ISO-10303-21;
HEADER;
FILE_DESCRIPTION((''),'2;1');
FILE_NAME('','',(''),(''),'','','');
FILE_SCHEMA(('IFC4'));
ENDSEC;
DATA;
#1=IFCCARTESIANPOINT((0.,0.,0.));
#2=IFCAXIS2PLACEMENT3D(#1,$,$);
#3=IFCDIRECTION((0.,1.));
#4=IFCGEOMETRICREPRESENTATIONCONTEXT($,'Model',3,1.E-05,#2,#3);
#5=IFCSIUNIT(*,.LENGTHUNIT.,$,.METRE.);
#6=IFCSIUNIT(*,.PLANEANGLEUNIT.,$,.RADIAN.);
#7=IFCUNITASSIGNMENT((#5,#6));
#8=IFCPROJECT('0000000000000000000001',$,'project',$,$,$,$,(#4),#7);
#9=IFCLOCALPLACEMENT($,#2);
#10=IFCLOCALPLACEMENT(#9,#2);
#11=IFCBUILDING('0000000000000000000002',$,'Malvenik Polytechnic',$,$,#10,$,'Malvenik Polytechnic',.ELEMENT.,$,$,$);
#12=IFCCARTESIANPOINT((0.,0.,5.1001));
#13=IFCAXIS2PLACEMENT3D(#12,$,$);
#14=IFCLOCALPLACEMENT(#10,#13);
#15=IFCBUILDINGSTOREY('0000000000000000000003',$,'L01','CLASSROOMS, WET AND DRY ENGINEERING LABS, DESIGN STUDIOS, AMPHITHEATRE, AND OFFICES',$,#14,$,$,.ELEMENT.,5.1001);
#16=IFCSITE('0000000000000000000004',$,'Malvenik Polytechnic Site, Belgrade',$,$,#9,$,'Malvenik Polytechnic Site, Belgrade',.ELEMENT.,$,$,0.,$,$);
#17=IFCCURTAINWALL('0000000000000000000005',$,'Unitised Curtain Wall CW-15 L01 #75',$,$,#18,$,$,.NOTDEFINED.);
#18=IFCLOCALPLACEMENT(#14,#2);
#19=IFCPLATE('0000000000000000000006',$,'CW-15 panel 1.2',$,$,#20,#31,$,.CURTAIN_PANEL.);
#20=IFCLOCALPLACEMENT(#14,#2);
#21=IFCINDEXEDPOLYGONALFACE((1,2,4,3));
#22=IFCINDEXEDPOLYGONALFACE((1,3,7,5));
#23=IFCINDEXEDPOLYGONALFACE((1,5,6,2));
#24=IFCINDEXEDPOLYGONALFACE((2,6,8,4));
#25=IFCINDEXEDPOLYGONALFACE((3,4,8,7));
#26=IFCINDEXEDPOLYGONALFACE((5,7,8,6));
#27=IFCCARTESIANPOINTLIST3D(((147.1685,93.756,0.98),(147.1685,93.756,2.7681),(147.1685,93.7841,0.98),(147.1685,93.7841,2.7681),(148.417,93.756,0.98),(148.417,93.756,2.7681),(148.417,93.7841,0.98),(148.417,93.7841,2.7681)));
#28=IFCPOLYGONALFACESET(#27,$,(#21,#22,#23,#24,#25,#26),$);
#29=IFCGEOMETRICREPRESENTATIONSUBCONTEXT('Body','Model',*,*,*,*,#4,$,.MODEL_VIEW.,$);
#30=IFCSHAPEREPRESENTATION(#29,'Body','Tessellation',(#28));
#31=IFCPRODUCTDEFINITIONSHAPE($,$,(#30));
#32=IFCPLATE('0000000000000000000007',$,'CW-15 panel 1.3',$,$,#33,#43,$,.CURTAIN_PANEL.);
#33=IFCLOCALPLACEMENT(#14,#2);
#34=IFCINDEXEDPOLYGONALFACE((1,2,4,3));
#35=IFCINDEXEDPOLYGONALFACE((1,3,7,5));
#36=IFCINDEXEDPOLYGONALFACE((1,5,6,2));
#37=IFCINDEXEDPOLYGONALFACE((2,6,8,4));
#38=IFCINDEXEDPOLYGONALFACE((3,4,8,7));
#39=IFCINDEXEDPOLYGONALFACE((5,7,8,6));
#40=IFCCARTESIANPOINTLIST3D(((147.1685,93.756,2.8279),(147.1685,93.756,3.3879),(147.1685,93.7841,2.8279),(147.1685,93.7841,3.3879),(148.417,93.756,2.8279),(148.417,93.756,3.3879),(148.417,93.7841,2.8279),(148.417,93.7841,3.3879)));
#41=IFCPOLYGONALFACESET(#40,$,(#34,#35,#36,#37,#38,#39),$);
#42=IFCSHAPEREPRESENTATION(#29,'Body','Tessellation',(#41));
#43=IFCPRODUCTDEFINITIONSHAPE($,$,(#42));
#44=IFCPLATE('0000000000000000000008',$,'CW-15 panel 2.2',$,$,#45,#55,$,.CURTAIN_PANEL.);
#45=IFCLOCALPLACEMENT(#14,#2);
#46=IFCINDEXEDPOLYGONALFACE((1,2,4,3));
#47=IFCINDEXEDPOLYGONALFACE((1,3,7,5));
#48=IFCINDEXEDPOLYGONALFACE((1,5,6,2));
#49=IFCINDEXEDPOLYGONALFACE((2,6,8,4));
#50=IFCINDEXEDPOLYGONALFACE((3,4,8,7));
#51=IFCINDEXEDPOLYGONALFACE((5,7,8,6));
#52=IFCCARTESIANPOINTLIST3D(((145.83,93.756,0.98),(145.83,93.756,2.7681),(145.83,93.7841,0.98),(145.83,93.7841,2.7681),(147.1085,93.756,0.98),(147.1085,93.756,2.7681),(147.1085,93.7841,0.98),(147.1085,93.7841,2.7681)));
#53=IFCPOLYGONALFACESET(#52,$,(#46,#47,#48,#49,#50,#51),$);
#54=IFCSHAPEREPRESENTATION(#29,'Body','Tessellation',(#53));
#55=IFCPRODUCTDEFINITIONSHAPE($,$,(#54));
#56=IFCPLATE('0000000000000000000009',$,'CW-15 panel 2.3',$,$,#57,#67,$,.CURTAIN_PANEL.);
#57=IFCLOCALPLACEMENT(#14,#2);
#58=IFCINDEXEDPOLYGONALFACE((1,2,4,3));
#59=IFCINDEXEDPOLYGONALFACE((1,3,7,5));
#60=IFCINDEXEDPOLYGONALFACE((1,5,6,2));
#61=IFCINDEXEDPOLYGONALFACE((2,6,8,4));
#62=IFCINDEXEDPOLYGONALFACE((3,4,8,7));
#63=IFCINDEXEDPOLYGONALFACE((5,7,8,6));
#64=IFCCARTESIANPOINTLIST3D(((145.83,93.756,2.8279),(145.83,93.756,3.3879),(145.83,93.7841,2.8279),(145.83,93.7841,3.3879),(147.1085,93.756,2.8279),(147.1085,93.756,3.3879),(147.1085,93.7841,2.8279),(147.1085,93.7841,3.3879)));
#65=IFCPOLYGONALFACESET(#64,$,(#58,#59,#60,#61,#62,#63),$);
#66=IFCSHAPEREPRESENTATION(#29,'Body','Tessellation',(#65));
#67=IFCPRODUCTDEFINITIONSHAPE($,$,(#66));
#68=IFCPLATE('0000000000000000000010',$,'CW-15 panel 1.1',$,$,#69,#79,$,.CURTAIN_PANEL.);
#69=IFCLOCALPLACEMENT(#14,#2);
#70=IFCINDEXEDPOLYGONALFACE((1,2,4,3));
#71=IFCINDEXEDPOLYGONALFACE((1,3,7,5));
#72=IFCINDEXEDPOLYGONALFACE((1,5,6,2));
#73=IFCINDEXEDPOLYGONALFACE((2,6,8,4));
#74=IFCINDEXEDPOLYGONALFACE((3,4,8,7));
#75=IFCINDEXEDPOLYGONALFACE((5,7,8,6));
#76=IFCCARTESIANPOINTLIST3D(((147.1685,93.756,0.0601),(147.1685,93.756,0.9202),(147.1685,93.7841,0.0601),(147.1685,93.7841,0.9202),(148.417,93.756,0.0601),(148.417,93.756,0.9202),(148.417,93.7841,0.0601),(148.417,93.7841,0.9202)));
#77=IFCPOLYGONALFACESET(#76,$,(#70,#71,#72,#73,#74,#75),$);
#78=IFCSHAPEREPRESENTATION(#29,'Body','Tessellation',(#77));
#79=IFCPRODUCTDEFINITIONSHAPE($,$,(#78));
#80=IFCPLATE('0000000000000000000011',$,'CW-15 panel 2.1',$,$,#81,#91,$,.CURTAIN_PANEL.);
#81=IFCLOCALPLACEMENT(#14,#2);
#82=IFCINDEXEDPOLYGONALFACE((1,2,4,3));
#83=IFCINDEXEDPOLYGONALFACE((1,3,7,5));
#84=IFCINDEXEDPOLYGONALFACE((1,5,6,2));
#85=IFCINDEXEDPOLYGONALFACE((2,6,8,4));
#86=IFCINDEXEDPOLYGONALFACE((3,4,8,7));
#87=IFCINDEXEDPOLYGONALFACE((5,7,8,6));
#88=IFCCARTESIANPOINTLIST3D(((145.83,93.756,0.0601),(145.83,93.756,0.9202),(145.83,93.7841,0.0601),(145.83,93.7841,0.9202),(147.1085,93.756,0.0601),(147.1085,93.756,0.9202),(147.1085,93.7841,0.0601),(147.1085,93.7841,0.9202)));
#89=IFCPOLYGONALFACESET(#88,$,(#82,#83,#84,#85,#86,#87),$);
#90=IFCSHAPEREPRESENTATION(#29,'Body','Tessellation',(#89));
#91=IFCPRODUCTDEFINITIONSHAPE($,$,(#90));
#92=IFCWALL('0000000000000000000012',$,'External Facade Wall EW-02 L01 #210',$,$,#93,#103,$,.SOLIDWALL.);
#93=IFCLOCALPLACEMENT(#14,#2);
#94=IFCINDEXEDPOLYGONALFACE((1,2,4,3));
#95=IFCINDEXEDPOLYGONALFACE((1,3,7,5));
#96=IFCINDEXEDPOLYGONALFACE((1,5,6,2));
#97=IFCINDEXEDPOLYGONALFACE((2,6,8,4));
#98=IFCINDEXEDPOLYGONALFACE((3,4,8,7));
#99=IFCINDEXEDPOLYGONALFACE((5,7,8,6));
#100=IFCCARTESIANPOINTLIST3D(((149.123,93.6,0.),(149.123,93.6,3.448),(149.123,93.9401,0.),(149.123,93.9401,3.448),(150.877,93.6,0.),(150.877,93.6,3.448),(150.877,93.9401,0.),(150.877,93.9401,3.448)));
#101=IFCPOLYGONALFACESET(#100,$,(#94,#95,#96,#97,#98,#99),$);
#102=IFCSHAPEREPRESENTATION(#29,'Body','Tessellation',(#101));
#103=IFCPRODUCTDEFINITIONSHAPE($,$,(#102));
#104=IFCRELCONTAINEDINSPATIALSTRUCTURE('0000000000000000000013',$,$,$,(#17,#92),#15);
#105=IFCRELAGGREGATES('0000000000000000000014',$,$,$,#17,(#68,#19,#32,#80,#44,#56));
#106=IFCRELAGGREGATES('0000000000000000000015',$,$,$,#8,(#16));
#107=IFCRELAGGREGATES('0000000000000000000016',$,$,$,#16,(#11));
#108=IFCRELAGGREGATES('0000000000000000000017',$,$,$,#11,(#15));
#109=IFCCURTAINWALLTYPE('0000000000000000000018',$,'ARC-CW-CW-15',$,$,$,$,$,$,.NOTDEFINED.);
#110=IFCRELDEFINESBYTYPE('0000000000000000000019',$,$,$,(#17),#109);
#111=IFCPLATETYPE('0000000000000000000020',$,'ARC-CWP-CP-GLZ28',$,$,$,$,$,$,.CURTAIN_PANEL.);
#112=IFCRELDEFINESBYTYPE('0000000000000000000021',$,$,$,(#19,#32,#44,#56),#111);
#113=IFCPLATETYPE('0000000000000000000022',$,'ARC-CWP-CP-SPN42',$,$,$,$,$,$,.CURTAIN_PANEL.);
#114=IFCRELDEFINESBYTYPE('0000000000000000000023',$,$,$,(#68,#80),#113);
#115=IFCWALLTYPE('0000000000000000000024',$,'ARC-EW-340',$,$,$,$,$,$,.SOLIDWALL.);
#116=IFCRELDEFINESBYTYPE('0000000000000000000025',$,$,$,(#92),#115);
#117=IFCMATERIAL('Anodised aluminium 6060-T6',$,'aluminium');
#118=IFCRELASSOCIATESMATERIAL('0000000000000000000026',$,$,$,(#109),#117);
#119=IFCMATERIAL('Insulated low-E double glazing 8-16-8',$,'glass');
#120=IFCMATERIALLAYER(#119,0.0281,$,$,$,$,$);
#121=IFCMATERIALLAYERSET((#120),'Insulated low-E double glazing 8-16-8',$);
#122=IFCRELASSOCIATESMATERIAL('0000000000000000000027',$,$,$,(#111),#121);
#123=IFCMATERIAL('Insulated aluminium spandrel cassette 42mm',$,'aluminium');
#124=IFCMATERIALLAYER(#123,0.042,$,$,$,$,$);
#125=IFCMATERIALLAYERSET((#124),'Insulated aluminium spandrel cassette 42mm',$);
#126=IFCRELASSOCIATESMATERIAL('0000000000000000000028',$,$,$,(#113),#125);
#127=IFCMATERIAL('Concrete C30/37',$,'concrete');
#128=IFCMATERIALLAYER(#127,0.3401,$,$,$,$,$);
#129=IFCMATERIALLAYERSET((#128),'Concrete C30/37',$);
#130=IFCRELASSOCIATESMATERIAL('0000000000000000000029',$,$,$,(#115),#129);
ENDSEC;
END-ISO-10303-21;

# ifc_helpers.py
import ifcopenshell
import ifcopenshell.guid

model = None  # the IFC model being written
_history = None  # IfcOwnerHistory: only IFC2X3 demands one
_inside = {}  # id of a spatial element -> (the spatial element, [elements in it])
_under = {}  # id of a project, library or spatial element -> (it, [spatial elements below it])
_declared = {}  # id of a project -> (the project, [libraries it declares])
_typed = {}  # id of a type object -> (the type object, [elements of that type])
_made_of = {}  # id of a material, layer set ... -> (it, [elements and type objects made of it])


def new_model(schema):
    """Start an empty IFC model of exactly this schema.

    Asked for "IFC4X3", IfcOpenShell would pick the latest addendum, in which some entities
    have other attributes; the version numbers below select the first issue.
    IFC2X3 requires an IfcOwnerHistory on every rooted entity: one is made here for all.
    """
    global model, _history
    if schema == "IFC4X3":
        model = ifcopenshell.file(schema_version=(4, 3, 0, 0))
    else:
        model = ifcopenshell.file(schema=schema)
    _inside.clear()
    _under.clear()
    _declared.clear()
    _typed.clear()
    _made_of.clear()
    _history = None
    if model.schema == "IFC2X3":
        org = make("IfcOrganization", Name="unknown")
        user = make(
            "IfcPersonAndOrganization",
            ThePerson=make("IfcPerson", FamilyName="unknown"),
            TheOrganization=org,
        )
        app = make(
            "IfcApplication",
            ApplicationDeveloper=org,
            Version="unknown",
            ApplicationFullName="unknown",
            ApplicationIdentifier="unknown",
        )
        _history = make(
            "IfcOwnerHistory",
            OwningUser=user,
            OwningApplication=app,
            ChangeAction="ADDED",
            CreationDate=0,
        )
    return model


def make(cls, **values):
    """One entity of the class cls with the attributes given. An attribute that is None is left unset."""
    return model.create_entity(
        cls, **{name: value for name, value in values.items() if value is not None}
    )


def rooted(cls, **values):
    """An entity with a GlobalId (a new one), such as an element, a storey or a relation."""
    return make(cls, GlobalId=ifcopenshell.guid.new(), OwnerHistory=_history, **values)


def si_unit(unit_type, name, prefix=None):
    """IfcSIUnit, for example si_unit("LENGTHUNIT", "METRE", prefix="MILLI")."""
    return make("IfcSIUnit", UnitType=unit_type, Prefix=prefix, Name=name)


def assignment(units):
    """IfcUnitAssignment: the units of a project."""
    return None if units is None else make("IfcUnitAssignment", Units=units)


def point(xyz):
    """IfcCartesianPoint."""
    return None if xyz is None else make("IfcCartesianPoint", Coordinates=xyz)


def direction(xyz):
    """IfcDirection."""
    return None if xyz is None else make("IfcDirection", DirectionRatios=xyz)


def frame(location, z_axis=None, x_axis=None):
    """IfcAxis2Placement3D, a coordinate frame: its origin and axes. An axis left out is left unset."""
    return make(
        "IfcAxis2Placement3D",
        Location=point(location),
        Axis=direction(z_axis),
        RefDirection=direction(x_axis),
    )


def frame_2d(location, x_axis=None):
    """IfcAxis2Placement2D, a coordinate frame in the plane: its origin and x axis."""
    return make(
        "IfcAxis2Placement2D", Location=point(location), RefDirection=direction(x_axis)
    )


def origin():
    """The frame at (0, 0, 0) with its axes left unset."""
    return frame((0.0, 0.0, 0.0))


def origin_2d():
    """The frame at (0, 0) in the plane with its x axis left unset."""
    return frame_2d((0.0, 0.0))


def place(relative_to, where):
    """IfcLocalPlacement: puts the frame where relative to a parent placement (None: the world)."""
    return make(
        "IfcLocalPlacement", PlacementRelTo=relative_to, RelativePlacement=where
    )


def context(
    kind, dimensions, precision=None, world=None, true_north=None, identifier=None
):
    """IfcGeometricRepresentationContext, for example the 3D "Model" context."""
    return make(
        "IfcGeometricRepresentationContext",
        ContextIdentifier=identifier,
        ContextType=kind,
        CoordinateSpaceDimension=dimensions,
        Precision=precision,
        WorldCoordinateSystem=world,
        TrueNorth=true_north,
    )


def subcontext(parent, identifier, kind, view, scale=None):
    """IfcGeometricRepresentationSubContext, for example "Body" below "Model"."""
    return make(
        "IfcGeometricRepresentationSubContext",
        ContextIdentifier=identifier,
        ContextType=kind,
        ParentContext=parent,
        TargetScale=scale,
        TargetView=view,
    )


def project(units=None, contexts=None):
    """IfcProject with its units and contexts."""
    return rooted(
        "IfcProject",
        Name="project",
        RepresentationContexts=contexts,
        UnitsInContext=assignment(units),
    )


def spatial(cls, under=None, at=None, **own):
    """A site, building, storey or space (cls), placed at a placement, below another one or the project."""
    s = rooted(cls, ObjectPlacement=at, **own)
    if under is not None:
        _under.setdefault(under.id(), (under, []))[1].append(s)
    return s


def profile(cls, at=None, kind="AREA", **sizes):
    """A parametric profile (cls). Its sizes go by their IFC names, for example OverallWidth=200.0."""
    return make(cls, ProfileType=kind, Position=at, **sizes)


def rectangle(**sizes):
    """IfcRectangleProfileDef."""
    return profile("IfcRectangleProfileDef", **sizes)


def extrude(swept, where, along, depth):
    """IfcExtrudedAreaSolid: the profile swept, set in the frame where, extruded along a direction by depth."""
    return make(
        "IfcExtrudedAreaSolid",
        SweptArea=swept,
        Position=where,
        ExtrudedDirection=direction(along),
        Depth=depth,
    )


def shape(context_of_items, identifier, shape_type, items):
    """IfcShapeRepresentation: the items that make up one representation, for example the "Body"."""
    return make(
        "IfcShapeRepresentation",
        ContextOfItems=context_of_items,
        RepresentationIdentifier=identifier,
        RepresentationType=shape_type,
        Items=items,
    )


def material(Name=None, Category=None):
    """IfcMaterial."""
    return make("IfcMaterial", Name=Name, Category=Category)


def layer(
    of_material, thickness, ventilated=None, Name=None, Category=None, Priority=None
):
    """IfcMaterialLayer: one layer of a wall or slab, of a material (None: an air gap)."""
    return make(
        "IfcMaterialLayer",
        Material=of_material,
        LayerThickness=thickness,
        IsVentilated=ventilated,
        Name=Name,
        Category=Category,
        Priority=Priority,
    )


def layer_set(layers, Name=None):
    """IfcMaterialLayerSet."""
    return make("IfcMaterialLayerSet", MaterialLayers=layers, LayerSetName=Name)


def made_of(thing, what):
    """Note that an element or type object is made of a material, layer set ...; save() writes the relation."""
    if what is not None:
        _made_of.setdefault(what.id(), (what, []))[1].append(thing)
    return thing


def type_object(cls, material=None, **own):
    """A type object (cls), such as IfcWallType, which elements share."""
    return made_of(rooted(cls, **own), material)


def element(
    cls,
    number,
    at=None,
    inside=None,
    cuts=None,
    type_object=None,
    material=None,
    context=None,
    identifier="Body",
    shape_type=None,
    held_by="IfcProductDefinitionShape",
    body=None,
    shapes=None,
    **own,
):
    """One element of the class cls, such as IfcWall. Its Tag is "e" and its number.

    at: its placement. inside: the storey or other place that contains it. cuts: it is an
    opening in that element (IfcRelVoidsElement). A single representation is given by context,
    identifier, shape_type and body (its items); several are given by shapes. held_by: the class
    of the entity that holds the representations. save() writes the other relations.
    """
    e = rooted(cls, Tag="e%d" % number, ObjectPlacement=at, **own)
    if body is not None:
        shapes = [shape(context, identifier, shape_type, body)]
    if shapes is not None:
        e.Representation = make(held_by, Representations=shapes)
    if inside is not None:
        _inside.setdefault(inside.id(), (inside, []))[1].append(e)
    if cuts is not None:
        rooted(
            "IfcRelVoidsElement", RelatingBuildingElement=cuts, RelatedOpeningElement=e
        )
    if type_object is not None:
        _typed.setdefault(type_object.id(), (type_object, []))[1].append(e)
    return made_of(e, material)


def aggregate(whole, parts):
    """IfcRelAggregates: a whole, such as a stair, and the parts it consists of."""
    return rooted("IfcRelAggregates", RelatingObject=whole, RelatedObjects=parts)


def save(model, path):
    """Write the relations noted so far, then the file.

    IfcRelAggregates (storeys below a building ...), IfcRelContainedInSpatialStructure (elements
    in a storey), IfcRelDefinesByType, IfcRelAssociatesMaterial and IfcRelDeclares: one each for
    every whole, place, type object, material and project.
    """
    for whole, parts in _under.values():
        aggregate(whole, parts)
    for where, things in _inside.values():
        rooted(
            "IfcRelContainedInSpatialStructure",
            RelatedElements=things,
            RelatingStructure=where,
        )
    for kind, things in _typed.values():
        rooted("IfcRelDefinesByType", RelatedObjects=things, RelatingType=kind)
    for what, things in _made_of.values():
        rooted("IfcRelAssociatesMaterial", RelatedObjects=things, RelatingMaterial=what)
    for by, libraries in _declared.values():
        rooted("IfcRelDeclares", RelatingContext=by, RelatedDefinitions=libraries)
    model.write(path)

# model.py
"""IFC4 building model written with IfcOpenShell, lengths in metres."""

from ifc_helpers import new_model, si_unit, direction, frame, frame_2d, origin, origin_2d, place, context, subcontext, project, spatial, rectangle, extrude, material, layer, layer_set, type_object, element, aggregate, save


model = new_model("IFC4")

# Units and contexts
model_context = context("Model", 3, precision=1e-05, world=origin(), true_north=direction((0.0, 1.0)))
body_context = subcontext(model_context, "Body", "Model", "MODEL_VIEW")
ifc_project = project(units=[si_unit("LENGTHUNIT", "METRE"), si_unit("PLANEANGLEUNIT", "RADIAN")], contexts=[model_context])

# Site, building, storey
site_placement = place(None, origin())
site = spatial("IfcSite", under=ifc_project, at=site_placement, Name="Malvenik Polytechnic Site, Belgrade", LongName="Malvenik Polytechnic Site, Belgrade", CompositionType="ELEMENT", RefElevation=0.0)
building_placement = place(site_placement, origin())
building = spatial("IfcBuilding", under=site, at=building_placement, Name="Malvenik Polytechnic", LongName="Malvenik Polytechnic", CompositionType="ELEMENT")
storey_placement = place(building_placement, frame((0.0, 0.0, 5.1001)))
storey = spatial("IfcBuildingStorey", under=building, at=storey_placement, Name="L01", Description="CLASSROOMS, WET AND DRY ENGINEERING LABS, DESIGN STUDIOS, AMPHITHEATRE, AND OFFICES", CompositionType="ELEMENT", Elevation=5.1001)

# Curtain wall, plates
ifc_material_1 = material(Name="Anodised aluminium 6060-T6", Category="aluminium")
curtain_wall_type = type_object("IfcCurtainWallType", Name="ARC-CW-CW-15", PredefinedType="NOTDEFINED", material=ifc_material_1)
curtain_wall_placement = place(storey_placement, origin())
curtain_wall = element("IfcCurtainWall", 1, at=curtain_wall_placement, inside=storey, type_object=curtain_wall_type, Name="Unitised Curtain Wall CW-15 L01 #75", PredefinedType="NOTDEFINED")
ifc_material_2 = material(Name="Insulated low-E double glazing 8-16-8", Category="glass")
ifc_layer_1 = layer(ifc_material_2, 0.0281)
ifc_layer_set_1 = layer_set([ifc_layer_1], Name="Insulated low-E double glazing 8-16-8")
plate_type_1 = type_object("IfcPlateType", Name="ARC-CWP-CP-GLZ28", PredefinedType="CURTAIN_PANEL", material=ifc_layer_set_1)
plate_1_placement = place(storey_placement, frame((147.7927, 93.77, 0.98), z_axis=(0.0, 0.0, 1.0), x_axis=(-1.0, 0.0, 0.0)))
plate_1 = element("IfcPlate", 2, at=plate_1_placement, type_object=plate_type_1, Name="CW-15 panel 1.2", PredefinedType="CURTAIN_PANEL", context=body_context, shape_type="SweptSolid", body=[
    extrude(rectangle(XDim=1.2485, YDim=0.0281, at=origin_2d()), origin(), (0.0, 0.0, 1.0), 1.7881),
])
plate_2_placement = place(storey_placement, frame((147.7927, 93.77, 2.8279), z_axis=(0.0, 0.0, 1.0), x_axis=(-1.0, 0.0, 0.0)))
plate_2 = element("IfcPlate", 3, at=plate_2_placement, type_object=plate_type_1, Name="CW-15 panel 1.3", PredefinedType="CURTAIN_PANEL", context=body_context, shape_type="SweptSolid", body=[
    extrude(rectangle(XDim=1.2485, YDim=0.0281, at=origin_2d()), origin(), (0.0, 0.0, 1.0), 0.5601),
])
plate_3_placement = place(storey_placement, frame((146.4692, 93.77, 0.98), z_axis=(0.0, 0.0, 1.0), x_axis=(-1.0, 0.0, 0.0)))
plate_3 = element("IfcPlate", 4, at=plate_3_placement, type_object=plate_type_1, Name="CW-15 panel 2.2", PredefinedType="CURTAIN_PANEL", context=body_context, shape_type="SweptSolid", body=[
    extrude(rectangle(XDim=1.2786, YDim=0.0281, at=origin_2d()), origin(), (0.0, 0.0, 1.0), 1.7881),
])
plate_4_placement = place(storey_placement, frame((146.4692, 93.77, 2.8279), z_axis=(0.0, 0.0, 1.0), x_axis=(-1.0, 0.0, 0.0)))
plate_4 = element("IfcPlate", 5, at=plate_4_placement, type_object=plate_type_1, Name="CW-15 panel 2.3", PredefinedType="CURTAIN_PANEL", context=body_context, shape_type="SweptSolid", body=[
    extrude(rectangle(XDim=1.2786, YDim=0.0281, at=origin_2d()), origin(), (0.0, 0.0, 1.0), 0.5601),
])
ifc_material_3 = material(Name="Insulated aluminium spandrel cassette 42mm", Category="aluminium")
ifc_layer_2 = layer(ifc_material_3, 0.042)
ifc_layer_set_2 = layer_set([ifc_layer_2], Name="Insulated aluminium spandrel cassette 42mm")
plate_type_2 = type_object("IfcPlateType", Name="ARC-CWP-CP-SPN42", PredefinedType="CURTAIN_PANEL", material=ifc_layer_set_2)
plate_5_placement = place(storey_placement, frame((147.7927, 93.77, 0.0601), z_axis=(0.0, 0.0, 1.0), x_axis=(-1.0, 0.0, 0.0)))
plate_5 = element("IfcPlate", 6, at=plate_5_placement, type_object=plate_type_2, Name="CW-15 panel 1.1", PredefinedType="CURTAIN_PANEL", context=body_context, shape_type="SweptSolid", body=[
    extrude(rectangle(XDim=1.2485, YDim=0.0281, at=origin_2d()), origin(), (0.0, 0.0, 1.0), 0.8601),
])
plate_6_placement = place(storey_placement, frame((146.4692, 93.77, 0.0601), z_axis=(0.0, 0.0, 1.0), x_axis=(-1.0, 0.0, 0.0)))
plate_6 = element("IfcPlate", 7, at=plate_6_placement, type_object=plate_type_2, Name="CW-15 panel 2.1", PredefinedType="CURTAIN_PANEL", context=body_context, shape_type="SweptSolid", body=[
    extrude(rectangle(XDim=1.2786, YDim=0.0281, at=origin_2d()), origin(), (0.0, 0.0, 1.0), 0.8601),
])
aggregate(curtain_wall, [plate_5, plate_1, plate_2, plate_6, plate_3, plate_4])

# Wall
ifc_material_4 = material(Name="Concrete C30/37", Category="concrete")
ifc_layer_3 = layer(ifc_material_4, 0.3401)
ifc_layer_set_3 = layer_set([ifc_layer_3], Name="Concrete C30/37")
wall_type = type_object("IfcWallType", Name="ARC-EW-340", PredefinedType="SOLIDWALL", material=ifc_layer_set_3)
wall_placement = place(storey_placement, frame((150.877, 93.77, 0.0), z_axis=(0.0, 0.0, 1.0), x_axis=(-1.0, 0.0, 0.0)))
element("IfcWall", 8, at=wall_placement, inside=storey, type_object=wall_type, Name="External Facade Wall EW-02 L01 #210", PredefinedType="SOLIDWALL", context=body_context, shape_type="SweptSolid", body=[
    extrude(rectangle(XDim=1.7539, YDim=0.3401, at=frame_2d((0.877, 0.0))), origin(), (0.0, 0.0, 1.0), 3.448),
])

save(model, "model.ifc")
